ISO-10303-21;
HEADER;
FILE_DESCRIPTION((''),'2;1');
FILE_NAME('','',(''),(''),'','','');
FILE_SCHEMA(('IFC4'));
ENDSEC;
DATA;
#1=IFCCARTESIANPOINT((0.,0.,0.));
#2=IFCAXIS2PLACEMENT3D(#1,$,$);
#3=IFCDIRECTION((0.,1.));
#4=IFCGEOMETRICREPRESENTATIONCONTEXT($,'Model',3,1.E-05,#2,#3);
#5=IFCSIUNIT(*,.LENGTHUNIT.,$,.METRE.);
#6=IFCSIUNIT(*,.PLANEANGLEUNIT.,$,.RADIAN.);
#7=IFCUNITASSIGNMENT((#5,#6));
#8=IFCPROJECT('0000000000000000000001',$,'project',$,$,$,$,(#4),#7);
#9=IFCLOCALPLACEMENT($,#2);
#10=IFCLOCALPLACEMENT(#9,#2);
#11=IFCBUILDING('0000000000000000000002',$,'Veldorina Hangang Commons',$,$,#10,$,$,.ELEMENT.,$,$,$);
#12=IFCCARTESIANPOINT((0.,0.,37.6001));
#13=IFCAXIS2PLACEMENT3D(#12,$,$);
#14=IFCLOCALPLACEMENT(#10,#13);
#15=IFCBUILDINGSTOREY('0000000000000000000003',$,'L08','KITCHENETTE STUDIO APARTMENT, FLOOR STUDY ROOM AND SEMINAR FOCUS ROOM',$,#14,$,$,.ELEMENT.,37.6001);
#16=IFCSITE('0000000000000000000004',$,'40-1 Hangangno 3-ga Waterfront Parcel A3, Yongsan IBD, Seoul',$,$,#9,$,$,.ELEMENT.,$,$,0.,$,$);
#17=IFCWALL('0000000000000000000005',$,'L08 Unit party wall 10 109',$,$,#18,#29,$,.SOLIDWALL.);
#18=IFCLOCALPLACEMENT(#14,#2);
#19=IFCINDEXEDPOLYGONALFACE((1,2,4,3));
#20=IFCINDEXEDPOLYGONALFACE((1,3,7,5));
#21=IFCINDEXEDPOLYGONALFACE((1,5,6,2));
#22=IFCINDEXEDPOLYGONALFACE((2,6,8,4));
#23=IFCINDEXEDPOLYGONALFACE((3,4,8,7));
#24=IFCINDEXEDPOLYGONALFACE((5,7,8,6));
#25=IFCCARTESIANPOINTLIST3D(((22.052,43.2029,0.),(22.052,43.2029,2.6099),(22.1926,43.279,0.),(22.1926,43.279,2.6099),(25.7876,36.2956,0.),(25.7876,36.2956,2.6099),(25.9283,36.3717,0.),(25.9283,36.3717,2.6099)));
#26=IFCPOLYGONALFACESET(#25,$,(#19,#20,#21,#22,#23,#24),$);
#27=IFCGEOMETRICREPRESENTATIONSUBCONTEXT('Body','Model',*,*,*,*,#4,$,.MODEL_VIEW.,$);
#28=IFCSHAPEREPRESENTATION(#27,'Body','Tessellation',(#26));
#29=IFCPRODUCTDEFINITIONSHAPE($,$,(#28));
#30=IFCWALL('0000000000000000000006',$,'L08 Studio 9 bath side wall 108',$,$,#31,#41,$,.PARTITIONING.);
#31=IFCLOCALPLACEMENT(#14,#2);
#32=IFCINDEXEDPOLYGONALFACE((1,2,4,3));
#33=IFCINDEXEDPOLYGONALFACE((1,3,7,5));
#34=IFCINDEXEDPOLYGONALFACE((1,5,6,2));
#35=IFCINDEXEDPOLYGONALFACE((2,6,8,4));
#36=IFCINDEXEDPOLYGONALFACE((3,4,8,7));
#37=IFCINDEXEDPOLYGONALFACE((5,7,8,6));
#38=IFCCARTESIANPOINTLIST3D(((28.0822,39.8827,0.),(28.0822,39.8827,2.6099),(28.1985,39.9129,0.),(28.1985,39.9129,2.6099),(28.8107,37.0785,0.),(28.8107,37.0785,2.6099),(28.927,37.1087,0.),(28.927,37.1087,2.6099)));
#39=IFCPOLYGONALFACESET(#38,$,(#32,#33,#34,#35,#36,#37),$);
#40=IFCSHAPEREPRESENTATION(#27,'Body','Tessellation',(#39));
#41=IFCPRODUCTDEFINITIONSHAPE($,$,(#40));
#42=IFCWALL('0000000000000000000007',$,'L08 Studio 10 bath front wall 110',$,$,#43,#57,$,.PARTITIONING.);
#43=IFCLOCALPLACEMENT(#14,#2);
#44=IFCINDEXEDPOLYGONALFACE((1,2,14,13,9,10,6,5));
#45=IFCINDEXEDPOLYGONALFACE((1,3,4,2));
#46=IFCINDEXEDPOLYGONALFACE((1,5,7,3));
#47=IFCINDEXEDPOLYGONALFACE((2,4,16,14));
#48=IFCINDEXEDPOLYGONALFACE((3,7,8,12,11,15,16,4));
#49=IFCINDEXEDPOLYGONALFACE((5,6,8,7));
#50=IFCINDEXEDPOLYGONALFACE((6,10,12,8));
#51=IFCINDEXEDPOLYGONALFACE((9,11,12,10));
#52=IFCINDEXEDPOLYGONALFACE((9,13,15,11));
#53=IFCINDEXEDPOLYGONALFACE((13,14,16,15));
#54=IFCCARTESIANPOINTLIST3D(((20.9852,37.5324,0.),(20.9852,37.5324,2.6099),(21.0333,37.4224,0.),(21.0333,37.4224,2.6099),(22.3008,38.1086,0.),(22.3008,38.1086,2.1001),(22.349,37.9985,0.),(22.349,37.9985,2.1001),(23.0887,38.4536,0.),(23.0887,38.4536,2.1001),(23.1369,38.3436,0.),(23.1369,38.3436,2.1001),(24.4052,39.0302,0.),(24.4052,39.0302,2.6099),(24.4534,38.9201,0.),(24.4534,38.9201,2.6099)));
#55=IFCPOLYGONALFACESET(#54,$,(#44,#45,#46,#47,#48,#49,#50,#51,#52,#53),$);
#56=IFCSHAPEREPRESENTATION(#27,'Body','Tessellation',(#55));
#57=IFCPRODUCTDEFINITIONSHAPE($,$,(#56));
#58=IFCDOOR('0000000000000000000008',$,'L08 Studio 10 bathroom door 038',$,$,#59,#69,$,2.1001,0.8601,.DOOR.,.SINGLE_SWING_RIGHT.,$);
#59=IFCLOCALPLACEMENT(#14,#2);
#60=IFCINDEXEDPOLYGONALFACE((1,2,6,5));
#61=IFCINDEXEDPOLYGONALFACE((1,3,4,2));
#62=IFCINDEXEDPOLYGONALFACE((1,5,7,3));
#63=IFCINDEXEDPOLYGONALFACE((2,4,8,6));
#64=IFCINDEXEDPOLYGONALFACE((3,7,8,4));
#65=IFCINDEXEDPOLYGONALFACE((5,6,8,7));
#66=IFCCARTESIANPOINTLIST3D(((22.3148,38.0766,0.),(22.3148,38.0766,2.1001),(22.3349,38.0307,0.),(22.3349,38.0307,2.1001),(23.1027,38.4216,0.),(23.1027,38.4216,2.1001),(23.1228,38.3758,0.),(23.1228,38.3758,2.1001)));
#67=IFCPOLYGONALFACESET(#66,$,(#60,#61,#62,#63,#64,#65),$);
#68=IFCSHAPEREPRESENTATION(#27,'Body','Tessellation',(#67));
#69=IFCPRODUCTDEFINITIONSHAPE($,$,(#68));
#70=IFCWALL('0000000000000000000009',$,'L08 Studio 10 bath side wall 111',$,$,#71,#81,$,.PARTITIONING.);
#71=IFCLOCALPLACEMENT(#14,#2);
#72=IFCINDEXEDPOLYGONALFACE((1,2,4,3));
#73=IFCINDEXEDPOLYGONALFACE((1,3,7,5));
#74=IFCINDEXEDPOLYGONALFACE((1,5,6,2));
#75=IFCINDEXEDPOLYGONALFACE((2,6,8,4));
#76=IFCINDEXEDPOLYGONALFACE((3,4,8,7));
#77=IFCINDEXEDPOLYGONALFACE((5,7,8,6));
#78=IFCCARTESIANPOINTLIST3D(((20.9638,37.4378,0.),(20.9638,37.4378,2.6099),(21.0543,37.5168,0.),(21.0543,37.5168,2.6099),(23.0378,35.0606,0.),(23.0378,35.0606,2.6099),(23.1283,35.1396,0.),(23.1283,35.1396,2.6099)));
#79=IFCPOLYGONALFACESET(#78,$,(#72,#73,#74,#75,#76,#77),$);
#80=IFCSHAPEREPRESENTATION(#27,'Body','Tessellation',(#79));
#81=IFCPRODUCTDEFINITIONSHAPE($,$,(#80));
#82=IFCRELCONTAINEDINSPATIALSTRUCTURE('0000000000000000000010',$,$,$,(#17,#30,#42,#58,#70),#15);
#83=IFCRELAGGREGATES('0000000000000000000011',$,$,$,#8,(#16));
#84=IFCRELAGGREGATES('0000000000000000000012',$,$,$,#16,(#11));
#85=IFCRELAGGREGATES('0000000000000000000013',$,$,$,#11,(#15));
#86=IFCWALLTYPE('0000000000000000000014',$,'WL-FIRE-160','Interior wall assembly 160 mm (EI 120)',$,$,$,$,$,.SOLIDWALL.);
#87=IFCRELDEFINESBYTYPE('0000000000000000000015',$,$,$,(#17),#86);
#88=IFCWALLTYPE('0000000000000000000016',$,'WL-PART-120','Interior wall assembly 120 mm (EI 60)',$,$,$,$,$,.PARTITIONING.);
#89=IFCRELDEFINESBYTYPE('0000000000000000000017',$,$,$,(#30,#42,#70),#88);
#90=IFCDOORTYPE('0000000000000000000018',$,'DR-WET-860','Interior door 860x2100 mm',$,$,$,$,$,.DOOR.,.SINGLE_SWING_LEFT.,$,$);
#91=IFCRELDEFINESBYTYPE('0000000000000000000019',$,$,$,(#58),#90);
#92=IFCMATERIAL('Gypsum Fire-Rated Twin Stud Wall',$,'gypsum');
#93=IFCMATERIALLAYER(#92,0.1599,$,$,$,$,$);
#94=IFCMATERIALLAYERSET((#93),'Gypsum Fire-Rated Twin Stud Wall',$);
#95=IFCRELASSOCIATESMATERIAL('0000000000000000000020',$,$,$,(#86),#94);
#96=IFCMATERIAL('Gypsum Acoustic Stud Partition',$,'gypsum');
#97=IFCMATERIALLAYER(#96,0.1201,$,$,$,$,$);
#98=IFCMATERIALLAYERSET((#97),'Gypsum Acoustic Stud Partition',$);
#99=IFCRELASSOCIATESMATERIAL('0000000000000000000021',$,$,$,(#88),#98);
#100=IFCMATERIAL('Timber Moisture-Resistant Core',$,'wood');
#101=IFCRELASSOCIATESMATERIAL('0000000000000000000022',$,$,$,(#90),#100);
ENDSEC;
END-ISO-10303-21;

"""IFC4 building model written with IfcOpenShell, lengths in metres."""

from ifc_helpers import new_model, si_unit, direction, frame, frame_2d, origin, place, context, subcontext, project, spatial, rectangle, extrude, material, layer, layer_set, type_object, element, fill, save


model = new_model("IFC4")

# Units and contexts
model_context = context("Model", 3, precision=1e-05, world=origin(), true_north=direction((0.0, 1.0)))
body_context = subcontext(model_context, "Body", "Model", "MODEL_VIEW")
ifc_project = project(units=[si_unit("LENGTHUNIT", "METRE"), si_unit("PLANEANGLEUNIT", "RADIAN")], contexts=[model_context])

# Site, building, storey
site_placement = place(None, origin())
site = spatial("IfcSite", under=ifc_project, at=site_placement, Name="40-1 Hangangno 3-ga Waterfront Parcel A3, Yongsan IBD, Seoul", CompositionType="ELEMENT", RefElevation=0.0)
building_placement = place(site_placement, origin())
building = spatial("IfcBuilding", under=site, at=building_placement, Name="Veldorina Hangang Commons", CompositionType="ELEMENT")
storey_placement = place(building_placement, frame((0.0, 0.0, 37.6001)))
storey = spatial("IfcBuildingStorey", under=building, at=storey_placement, Name="L08", Description="KITCHENETTE STUDIO APARTMENT, FLOOR STUDY ROOM AND SEMINAR FOCUS ROOM", CompositionType="ELEMENT", Elevation=37.6001)

# Shared definitions
ifc_material_1 = material(Name="Gypsum Fire-Rated Twin Stud Wall", Category="gypsum")
ifc_layer_1 = layer(ifc_material_1, 0.1599)
ifc_layer_set_1 = layer_set([ifc_layer_1], Name="Gypsum Fire-Rated Twin Stud Wall")
wall_type_1 = type_object("IfcWallType", Name="WL-FIRE-160", Description="Interior wall assembly 160 mm (EI 120)", PredefinedType="SOLIDWALL", material=ifc_layer_set_1)

# Walls
wall_1_placement = place(storey_placement, frame((25.8579, 36.3337, 0.0), z_axis=(0.0, 0.0, 1.0), x_axis=(-0.47571, 0.879602, 0.0)))
element("IfcWall", 1, at=wall_1_placement, inside=storey, type_object=wall_type_1, Name="L08 Unit party wall 10 109", PredefinedType="SOLIDWALL", context=body_context, shape_type="SweptSolid", body=[
    extrude(rectangle(XDim=7.8528, YDim=0.1599, at=frame_2d((3.9263, 0.0))), origin(), (0.0, 0.0, 1.0), 2.6099),
])
ifc_material_2 = material(Name="Gypsum Acoustic Stud Partition", Category="gypsum")
ifc_layer_2 = layer(ifc_material_2, 0.1201)
ifc_layer_set_2 = layer_set([ifc_layer_2], Name="Gypsum Acoustic Stud Partition")
wall_type_2 = type_object("IfcWallType", Name="WL-PART-120", Description="Interior wall assembly 120 mm (EI 60)", PredefinedType="PARTITIONING", material=ifc_layer_set_2)
wall_2_placement = place(storey_placement, frame((28.8689, 37.0935, 0.0), z_axis=(0.0, 0.0, 1.0), x_axis=(-0.251448, 0.967871, 0.0)))
element("IfcWall", 2, at=wall_2_placement, inside=storey, type_object=wall_type_2, Name="L08 Studio 9 bath side wall 108", PredefinedType="PARTITIONING", context=body_context, shape_type="SweptSolid", body=[
    extrude(rectangle(XDim=2.8972, YDim=0.1201, at=frame_2d((1.4487, 0.0))), origin(), (0.0, 0.0, 1.0), 2.6099),
])

# Wall, opening, door
wall_3_placement = place(storey_placement, frame((24.4292, 38.9751, 0.0), z_axis=(0.0, 0.0, 1.0), x_axis=(-0.916012, -0.401152, 0.0)))
wall_3 = element("IfcWall", 3, at=wall_3_placement, inside=storey, type_object=wall_type_2, Name="L08 Studio 10 bath front wall 110", PredefinedType="PARTITIONING", context=body_context, shape_type="SweptSolid", body=[
    extrude(rectangle(XDim=3.7336, YDim=0.1201, at=frame_2d((1.8667, 0.0))), origin(), (0.0, 0.0, 1.0), 2.6099),
])
opening_1_placement = place(wall_3_placement, frame((1.437, 0.0, 0.0)))
opening_1 = element("IfcOpeningElement", 4, at=opening_1_placement, cuts=wall_3, PredefinedType="OPENING", context=body_context, shape_type="SweptSolid", body=[
    extrude(rectangle(XDim=0.8601, YDim=2.1001, at=frame_2d((0.4302, 1.05))), frame((0.0, 0.0701, 0.0), z_axis=(0.0, -1.0, 0.0), x_axis=(1.0, 0.0, 0.0)), (0.0, 0.0, 1.0), 0.1401),
])
ifc_material_3 = material(Name="Timber Moisture-Resistant Core", Category="wood")
door_type_1 = type_object("IfcDoorType", Name="DR-WET-860", Description="Interior door 860x2100 mm", OperationType="SINGLE_SWING_LEFT", PredefinedType="DOOR", material=ifc_material_3)
door_1_placement = place(opening_1_placement, origin())
door_1 = element("IfcDoor", 5, at=door_1_placement, inside=storey, type_object=door_type_1, Name="L08 Studio 10 bathroom door 038", OperationType="SINGLE_SWING_RIGHT", OverallHeight=2.1001, OverallWidth=0.8601, PredefinedType="DOOR", context=body_context, shape_type="SweptSolid", body=[
    extrude(rectangle(XDim=0.8601, YDim=2.1001, at=frame_2d((0.4302, 1.05))), frame((0.0, 0.0249, 0.0), z_axis=(0.0, -1.0, 0.0), x_axis=(1.0, 0.0, 0.0)), (0.0, 0.0, 1.0), 0.05),
])
fill(opening_1, door_1)

# Wall
wall_4_placement = place(storey_placement, frame((23.083, 35.1001, 0.0), z_axis=(0.0, 0.0, 1.0), x_axis=(-0.657414, 0.75353, 0.0)))
element("IfcWall", 6, at=wall_4_placement, inside=storey, type_object=wall_type_2, Name="L08 Studio 10 bath side wall 111", PredefinedType="PARTITIONING", context=body_context, shape_type="SweptSolid", body=[
    extrude(rectangle(XDim=3.1548, YDim=0.1201, at=frame_2d((1.5774, 0.0))), origin(), (0.0, 0.0, 1.0), 2.6099),
])

save(model, "model.ifc")
